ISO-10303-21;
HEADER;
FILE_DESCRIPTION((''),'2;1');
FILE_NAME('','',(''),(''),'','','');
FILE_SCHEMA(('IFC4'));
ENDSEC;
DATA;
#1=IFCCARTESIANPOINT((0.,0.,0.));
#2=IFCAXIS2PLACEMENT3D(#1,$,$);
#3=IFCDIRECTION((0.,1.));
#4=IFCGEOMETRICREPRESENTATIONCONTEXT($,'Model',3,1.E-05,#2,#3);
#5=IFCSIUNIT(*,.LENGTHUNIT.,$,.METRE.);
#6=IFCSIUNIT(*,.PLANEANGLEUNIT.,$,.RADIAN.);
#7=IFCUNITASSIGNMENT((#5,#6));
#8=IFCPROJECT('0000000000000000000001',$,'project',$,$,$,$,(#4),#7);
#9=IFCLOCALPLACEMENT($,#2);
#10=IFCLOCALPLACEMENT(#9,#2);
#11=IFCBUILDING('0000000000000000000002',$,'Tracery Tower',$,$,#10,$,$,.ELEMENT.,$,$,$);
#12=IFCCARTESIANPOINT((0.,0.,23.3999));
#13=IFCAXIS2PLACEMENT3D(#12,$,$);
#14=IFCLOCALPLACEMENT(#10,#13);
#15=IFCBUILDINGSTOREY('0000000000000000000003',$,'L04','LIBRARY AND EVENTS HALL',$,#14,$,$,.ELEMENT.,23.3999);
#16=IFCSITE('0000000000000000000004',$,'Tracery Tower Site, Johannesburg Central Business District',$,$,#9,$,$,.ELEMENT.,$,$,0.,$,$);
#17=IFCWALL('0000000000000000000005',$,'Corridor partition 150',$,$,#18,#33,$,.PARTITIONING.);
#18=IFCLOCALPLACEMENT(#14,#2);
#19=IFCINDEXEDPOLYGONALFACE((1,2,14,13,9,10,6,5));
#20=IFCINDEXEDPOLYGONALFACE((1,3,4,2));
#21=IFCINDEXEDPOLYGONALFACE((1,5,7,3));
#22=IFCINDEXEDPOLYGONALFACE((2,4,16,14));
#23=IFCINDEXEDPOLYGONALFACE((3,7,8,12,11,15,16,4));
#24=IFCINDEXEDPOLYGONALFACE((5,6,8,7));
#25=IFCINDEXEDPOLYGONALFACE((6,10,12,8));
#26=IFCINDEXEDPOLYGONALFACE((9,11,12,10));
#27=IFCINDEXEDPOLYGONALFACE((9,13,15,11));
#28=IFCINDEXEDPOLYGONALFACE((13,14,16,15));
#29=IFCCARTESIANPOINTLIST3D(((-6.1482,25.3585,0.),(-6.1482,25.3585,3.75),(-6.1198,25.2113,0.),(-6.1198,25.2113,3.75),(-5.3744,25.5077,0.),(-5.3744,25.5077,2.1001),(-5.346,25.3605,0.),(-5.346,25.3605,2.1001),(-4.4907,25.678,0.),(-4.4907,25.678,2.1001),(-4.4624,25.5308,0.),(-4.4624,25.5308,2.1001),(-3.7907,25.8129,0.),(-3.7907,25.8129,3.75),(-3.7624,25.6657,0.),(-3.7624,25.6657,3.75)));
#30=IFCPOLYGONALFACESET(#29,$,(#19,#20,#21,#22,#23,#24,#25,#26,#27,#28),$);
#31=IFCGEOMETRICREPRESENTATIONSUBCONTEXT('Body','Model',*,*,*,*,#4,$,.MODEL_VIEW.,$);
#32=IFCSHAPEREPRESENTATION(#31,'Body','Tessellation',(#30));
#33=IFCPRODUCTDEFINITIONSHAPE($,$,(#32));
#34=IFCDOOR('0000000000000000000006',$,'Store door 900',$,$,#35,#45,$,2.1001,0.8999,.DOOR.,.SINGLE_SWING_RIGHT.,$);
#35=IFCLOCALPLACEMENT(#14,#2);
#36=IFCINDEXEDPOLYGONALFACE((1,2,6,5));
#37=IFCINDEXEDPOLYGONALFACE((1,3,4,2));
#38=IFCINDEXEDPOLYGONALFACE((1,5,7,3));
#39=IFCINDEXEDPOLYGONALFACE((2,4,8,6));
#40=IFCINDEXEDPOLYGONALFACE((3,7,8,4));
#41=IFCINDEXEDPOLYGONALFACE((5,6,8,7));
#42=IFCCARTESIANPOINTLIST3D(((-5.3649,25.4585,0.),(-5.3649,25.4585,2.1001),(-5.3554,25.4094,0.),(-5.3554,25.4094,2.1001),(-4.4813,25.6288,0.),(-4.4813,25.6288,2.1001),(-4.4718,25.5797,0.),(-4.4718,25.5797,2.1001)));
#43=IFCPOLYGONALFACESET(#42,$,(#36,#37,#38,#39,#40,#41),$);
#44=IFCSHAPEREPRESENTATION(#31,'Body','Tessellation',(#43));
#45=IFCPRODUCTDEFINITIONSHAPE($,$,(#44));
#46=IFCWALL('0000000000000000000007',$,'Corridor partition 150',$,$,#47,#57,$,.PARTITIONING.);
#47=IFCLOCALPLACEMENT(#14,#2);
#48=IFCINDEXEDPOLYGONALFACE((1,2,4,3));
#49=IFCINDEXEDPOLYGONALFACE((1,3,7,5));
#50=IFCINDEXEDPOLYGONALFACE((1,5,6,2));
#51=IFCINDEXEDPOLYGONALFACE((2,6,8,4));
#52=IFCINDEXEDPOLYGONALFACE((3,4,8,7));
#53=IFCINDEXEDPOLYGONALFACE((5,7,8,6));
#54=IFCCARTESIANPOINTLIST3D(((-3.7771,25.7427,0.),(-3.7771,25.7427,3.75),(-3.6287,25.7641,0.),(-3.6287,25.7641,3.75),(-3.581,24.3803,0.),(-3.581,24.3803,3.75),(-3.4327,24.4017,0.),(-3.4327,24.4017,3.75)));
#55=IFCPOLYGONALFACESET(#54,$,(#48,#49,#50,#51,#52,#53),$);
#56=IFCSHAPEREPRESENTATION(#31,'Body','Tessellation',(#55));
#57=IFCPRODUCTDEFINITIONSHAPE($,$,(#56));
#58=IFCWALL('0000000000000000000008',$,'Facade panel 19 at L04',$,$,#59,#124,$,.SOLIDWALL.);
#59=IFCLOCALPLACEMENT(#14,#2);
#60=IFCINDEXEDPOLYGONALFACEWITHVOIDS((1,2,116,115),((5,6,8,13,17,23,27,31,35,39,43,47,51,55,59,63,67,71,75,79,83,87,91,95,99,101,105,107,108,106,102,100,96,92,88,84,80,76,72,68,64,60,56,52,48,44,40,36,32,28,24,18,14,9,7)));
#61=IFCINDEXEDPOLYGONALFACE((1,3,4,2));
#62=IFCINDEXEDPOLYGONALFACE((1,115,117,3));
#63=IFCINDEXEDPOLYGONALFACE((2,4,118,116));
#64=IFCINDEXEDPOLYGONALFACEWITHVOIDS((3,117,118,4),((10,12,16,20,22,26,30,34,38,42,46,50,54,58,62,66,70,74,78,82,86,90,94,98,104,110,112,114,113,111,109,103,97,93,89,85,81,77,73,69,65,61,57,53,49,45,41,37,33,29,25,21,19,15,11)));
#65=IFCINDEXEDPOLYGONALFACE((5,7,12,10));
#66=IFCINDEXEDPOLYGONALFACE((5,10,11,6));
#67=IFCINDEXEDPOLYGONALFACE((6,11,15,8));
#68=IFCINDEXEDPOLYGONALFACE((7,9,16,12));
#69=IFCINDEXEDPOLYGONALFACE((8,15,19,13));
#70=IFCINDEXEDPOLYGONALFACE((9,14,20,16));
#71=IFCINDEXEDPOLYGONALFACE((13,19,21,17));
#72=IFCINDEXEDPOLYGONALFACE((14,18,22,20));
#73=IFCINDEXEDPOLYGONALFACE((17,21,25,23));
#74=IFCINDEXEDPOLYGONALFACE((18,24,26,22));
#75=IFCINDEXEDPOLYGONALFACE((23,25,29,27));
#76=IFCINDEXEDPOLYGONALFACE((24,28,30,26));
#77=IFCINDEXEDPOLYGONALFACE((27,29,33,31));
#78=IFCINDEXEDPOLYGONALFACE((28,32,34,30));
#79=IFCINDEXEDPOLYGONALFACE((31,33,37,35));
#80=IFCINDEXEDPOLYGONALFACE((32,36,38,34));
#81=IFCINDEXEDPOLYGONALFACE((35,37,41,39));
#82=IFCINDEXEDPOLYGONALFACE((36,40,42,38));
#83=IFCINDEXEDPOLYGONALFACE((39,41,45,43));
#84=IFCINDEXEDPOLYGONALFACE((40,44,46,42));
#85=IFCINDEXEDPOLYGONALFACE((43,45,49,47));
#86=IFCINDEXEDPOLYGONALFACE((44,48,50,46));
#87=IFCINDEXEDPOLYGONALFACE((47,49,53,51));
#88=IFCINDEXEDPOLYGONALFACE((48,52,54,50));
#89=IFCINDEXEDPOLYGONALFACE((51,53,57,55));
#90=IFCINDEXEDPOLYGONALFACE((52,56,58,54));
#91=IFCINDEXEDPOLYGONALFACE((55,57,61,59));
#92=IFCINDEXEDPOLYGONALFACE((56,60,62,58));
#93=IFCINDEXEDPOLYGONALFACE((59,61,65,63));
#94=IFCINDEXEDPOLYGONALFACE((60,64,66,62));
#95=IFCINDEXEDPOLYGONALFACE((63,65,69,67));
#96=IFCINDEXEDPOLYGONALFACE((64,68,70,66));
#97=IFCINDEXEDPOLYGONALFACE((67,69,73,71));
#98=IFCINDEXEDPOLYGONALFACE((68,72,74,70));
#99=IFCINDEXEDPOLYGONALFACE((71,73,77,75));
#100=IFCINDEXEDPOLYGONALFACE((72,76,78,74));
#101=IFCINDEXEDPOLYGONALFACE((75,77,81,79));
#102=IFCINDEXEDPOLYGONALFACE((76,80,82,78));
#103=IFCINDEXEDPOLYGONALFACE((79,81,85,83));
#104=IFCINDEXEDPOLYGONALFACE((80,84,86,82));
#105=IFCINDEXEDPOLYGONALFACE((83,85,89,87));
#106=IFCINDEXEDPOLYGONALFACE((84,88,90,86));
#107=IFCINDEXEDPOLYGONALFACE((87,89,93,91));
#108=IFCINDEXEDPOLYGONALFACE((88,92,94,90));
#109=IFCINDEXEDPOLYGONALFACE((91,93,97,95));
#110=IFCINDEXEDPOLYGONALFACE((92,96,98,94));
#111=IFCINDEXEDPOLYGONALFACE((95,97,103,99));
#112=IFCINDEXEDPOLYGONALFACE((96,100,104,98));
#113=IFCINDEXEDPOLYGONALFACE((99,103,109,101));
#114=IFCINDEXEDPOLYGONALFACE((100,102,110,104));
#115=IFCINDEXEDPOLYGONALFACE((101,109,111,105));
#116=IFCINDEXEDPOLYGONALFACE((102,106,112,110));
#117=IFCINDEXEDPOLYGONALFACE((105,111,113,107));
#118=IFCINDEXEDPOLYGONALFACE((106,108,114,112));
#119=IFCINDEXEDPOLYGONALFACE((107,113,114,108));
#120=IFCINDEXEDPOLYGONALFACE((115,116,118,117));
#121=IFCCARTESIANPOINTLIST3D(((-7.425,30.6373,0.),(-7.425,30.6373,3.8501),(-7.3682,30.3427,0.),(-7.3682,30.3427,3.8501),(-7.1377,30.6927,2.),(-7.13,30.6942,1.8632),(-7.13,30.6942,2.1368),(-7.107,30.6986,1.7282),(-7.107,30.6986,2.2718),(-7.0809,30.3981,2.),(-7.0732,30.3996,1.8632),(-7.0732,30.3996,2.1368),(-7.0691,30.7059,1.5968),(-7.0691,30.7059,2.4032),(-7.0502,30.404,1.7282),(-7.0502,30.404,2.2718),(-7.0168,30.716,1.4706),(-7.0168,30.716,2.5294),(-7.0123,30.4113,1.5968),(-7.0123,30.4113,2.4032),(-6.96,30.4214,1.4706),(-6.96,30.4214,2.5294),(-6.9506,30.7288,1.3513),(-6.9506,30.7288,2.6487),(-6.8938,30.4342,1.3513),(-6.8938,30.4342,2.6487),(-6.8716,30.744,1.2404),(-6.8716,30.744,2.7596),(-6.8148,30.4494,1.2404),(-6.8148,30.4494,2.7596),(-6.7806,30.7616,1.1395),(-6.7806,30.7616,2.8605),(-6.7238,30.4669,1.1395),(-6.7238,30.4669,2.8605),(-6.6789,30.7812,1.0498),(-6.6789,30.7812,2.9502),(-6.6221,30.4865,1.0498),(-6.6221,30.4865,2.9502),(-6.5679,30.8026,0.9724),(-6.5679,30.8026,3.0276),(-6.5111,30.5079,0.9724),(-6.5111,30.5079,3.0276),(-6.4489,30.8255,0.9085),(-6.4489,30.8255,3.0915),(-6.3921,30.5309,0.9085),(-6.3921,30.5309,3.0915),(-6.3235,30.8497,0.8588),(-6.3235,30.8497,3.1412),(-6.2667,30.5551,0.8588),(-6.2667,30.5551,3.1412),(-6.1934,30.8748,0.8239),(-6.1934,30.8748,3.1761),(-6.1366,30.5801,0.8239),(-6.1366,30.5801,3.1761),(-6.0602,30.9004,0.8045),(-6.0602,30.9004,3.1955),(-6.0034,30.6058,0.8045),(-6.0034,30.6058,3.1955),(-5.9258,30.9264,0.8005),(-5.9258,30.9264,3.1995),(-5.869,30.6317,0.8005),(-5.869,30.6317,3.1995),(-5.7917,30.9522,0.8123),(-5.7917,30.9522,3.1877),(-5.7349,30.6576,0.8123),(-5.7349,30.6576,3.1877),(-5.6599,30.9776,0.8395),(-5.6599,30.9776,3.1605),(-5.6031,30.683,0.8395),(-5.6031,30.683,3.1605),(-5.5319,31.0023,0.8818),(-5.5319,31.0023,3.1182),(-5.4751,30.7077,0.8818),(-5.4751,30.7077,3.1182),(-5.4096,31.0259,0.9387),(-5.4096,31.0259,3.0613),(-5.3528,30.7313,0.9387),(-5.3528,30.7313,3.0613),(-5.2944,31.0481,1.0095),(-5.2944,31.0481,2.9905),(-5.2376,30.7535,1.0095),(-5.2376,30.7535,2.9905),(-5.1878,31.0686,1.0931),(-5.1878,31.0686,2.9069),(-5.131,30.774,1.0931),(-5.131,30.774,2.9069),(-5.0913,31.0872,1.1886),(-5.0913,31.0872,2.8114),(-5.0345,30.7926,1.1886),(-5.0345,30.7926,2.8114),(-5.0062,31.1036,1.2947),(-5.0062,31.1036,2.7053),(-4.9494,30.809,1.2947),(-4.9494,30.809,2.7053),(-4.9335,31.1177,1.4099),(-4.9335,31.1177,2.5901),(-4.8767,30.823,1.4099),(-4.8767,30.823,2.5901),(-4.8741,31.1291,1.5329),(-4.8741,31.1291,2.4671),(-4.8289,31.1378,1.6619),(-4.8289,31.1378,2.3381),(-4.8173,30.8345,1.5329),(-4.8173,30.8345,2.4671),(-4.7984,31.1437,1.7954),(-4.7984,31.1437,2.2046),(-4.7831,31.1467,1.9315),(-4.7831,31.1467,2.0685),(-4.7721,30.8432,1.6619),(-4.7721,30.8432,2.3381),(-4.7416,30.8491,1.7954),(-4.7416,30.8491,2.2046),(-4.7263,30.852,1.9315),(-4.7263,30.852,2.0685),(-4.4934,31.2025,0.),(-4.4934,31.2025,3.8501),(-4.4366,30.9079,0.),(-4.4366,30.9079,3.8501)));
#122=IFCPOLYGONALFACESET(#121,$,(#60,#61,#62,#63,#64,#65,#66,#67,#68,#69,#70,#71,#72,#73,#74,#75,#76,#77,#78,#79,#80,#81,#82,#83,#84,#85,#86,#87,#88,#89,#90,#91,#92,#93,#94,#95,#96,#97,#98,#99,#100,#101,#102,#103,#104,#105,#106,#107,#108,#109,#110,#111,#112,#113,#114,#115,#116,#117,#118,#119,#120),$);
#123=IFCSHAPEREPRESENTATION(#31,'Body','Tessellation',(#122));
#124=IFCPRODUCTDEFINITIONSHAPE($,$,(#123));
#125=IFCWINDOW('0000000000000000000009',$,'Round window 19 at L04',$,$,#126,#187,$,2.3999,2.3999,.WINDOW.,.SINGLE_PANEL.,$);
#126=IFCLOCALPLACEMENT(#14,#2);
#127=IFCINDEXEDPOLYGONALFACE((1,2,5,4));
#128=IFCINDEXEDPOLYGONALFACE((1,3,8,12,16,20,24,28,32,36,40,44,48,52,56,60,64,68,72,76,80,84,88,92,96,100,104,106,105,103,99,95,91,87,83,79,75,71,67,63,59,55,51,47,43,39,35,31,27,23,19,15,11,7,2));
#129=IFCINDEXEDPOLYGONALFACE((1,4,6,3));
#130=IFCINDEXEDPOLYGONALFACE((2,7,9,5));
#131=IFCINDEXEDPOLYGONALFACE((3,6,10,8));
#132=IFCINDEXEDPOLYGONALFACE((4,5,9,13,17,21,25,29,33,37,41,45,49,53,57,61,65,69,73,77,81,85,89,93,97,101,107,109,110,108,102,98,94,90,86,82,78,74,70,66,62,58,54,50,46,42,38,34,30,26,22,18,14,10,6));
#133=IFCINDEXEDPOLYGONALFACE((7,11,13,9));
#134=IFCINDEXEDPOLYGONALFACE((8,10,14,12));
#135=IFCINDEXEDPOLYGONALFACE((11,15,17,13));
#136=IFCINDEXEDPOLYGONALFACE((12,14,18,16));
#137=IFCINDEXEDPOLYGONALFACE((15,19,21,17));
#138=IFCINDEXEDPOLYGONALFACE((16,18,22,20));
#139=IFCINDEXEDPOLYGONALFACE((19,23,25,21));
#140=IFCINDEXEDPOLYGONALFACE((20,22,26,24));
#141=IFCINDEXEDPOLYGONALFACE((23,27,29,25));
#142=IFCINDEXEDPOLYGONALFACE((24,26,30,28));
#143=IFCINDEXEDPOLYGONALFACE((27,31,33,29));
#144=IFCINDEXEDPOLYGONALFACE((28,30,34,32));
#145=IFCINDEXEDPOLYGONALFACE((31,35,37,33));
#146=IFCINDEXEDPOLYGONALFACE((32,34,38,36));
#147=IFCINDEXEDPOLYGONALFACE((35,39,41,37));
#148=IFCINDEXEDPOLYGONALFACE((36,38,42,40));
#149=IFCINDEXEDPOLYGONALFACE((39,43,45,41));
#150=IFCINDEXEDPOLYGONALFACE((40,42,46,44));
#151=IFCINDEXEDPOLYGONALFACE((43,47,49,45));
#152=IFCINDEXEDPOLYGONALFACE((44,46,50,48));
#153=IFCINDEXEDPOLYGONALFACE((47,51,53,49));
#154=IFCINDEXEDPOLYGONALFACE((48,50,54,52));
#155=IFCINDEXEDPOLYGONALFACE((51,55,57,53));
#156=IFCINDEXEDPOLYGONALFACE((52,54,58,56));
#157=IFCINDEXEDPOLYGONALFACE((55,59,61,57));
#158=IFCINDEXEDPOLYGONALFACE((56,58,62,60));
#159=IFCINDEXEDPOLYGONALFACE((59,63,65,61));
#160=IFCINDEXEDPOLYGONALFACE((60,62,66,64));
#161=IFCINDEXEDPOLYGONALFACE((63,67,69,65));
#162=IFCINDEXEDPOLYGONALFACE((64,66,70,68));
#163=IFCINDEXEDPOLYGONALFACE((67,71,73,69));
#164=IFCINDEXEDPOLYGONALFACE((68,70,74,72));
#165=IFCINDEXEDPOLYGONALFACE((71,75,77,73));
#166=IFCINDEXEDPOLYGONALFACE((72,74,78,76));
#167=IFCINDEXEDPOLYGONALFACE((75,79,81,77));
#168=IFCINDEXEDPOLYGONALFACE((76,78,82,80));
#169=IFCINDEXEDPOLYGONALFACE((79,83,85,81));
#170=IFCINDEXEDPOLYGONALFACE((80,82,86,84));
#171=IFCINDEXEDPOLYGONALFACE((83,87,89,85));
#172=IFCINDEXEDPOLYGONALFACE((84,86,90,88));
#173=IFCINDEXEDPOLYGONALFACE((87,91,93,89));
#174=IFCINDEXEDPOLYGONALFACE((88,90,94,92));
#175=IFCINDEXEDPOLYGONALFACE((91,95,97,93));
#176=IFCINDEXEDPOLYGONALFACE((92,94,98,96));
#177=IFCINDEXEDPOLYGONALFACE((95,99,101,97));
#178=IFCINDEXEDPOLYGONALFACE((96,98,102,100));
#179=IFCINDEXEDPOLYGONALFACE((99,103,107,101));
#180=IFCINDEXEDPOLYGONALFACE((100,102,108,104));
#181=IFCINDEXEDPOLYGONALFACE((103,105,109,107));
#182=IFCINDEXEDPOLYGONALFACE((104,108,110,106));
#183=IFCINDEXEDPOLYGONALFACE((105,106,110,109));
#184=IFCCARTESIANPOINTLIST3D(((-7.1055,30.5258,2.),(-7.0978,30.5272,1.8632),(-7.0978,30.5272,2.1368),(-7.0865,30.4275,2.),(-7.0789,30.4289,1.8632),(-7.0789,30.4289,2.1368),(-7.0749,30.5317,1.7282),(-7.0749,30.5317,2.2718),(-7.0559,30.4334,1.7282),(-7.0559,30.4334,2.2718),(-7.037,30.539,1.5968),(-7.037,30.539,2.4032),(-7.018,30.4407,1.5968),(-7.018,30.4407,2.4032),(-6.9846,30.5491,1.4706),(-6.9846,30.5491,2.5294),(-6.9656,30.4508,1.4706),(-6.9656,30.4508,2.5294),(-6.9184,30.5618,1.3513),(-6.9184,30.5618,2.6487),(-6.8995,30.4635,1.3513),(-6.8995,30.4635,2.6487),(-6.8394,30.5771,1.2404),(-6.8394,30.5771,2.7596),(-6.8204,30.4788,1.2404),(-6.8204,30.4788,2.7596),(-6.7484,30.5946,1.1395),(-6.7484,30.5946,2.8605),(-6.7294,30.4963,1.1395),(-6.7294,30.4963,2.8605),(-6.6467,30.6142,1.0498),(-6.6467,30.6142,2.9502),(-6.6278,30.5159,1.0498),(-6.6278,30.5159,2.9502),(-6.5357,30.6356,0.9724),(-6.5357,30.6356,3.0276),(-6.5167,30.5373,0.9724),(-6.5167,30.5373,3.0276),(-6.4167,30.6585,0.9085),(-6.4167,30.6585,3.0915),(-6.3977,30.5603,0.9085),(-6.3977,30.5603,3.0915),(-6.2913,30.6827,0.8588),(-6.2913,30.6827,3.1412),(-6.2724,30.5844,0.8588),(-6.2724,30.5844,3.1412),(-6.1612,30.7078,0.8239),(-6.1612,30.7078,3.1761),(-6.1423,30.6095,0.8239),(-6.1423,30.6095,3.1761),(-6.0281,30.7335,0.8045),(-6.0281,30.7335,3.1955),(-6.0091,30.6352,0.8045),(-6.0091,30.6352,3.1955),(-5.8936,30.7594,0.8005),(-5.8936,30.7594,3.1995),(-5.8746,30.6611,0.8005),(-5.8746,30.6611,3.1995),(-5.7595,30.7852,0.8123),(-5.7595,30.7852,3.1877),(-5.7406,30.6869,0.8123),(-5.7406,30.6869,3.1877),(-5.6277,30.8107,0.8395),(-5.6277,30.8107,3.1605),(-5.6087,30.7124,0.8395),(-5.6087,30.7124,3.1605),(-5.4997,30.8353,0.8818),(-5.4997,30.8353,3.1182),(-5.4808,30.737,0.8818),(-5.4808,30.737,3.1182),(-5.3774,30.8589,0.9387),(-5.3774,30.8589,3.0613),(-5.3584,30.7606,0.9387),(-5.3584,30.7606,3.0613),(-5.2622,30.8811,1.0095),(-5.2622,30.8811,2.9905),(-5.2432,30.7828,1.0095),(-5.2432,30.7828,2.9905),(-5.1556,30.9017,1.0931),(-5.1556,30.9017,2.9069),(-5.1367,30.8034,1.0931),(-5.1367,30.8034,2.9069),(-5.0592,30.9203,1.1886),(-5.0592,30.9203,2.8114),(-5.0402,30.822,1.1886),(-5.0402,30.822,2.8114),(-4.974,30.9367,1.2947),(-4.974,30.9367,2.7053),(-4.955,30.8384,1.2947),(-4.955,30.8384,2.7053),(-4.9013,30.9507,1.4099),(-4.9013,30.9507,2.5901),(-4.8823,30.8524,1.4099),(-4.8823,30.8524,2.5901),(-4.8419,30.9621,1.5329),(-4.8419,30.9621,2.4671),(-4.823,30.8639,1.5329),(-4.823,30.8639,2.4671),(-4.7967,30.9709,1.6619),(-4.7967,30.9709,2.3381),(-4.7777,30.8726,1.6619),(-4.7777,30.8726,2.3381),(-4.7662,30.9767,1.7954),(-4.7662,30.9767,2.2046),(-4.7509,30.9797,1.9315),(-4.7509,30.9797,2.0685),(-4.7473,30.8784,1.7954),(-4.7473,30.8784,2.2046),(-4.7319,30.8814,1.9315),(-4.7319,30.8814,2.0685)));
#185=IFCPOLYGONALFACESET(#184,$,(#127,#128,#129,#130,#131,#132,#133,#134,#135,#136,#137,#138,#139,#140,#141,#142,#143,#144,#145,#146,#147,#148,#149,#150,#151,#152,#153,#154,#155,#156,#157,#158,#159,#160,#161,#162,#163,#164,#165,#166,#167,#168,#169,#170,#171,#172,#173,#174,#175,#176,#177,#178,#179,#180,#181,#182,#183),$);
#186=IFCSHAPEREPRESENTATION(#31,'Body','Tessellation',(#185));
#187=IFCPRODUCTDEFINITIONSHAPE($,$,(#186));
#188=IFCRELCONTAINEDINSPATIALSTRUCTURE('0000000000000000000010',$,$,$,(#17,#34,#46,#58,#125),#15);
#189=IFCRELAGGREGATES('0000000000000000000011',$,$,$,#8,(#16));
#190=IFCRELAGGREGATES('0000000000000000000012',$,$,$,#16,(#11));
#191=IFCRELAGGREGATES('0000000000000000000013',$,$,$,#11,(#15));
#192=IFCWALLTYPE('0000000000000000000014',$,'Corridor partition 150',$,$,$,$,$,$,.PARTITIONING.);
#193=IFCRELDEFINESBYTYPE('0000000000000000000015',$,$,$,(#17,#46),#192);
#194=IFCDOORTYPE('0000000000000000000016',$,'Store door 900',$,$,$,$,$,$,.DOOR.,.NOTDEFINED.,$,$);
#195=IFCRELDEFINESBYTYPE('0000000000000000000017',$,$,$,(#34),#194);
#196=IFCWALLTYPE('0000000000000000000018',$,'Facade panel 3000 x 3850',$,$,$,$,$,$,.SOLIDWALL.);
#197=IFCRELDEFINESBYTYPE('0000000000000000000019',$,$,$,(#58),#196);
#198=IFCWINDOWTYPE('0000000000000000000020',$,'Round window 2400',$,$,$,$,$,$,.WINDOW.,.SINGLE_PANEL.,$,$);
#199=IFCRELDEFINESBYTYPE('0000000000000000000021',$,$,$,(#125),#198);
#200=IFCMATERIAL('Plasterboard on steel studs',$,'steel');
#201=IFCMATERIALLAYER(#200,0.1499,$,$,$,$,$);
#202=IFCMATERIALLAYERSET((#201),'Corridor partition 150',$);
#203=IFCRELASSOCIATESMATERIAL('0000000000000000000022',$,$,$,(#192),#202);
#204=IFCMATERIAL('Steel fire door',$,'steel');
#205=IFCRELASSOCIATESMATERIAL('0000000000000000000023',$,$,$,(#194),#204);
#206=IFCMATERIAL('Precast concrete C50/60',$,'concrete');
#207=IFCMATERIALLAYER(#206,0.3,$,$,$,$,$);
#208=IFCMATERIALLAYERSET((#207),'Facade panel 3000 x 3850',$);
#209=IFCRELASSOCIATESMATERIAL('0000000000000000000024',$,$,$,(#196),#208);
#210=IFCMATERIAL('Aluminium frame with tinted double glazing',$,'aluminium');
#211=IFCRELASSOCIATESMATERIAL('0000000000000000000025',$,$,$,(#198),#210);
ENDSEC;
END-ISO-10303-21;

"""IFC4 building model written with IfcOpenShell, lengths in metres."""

from ifc_helpers import new_model, si_unit, direction, frame, frame_2d, origin, origin_2d, place, context, subcontext, project, spatial, rectangle, circle, extrude, material, layer, layer_set, type_object, element, fill, save


model = new_model("IFC4")

# Units and contexts
model_context = context("Model", 3, precision=1e-05, world=origin(), true_north=direction((0.0, 1.0)))
body_context = subcontext(model_context, "Body", "Model", "MODEL_VIEW")
ifc_project = project(units=[si_unit("LENGTHUNIT", "METRE"), si_unit("PLANEANGLEUNIT", "RADIAN")], contexts=[model_context])

# Site, building, storey
site_placement = place(None, origin())
site = spatial("IfcSite", under=ifc_project, at=site_placement, Name="Tracery Tower Site, Johannesburg Central Business District", CompositionType="ELEMENT", RefElevation=0.0)
building_placement = place(site_placement, origin())
building = spatial("IfcBuilding", under=site, at=building_placement, Name="Tracery Tower", CompositionType="ELEMENT")
storey_placement = place(building_placement, frame((0.0, 0.0, 23.3999)))
storey = spatial("IfcBuildingStorey", under=building, at=storey_placement, Name="L04", Description="LIBRARY AND EVENTS HALL", CompositionType="ELEMENT", Elevation=23.3999)

# Shared definitions
ifc_material_1 = material(Name="Plasterboard on steel studs", Category="steel")
ifc_layer_1 = layer(ifc_material_1, 0.1499)
ifc_layer_set_1 = layer_set([ifc_layer_1], Name="Corridor partition 150")
wall_type_1 = type_object("IfcWallType", Name="Corridor partition 150", PredefinedType="PARTITIONING", material=ifc_layer_set_1)

# Wall, opening, door
wall_1_placement = place(storey_placement, frame((-6.134, 25.2849, 0.0), z_axis=(0.0, 0.0, 1.0), x_axis=(0.981929, 0.189247, 0.0)))
wall_1 = element("IfcWall", 1, at=wall_1_placement, inside=storey, type_object=wall_type_1, Name="Corridor partition 150", PredefinedType="PARTITIONING", context=body_context, shape_type="SweptSolid", body=[
    extrude(rectangle(XDim=2.4009, YDim=0.1499, at=frame_2d((1.2004, 0.0))), origin(), (0.0, 0.0, 1.0), 3.75),
])
opening_1_placement = place(wall_1_placement, frame((0.7881, 0.0, 0.0)))
opening_1 = element("IfcOpeningElement", 2, at=opening_1_placement, cuts=wall_1, PredefinedType="OPENING", context=body_context, shape_type="SweptSolid", body=[
    extrude(rectangle(XDim=0.8999, YDim=2.1001, at=frame_2d((0.45, 1.05))), frame((0.0, 0.075, 0.0), z_axis=(0.0, -1.0, 0.0), x_axis=(1.0, 0.0, 0.0)), (0.0, 0.0, 1.0), 0.1499),
])
ifc_material_2 = material(Name="Steel fire door", Category="steel")
door_type_1 = type_object("IfcDoorType", Name="Store door 900", OperationType="NOTDEFINED", PredefinedType="DOOR", material=ifc_material_2)
door_1_placement = place(opening_1_placement, origin())
door_1 = element("IfcDoor", 3, at=door_1_placement, inside=storey, type_object=door_type_1, Name="Store door 900", OperationType="SINGLE_SWING_RIGHT", OverallHeight=2.1001, OverallWidth=0.8999, PredefinedType="DOOR", context=body_context, shape_type="SweptSolid", body=[
    extrude(rectangle(XDim=0.8999, YDim=2.1001, at=frame_2d((0.45, 1.05))), frame((0.0, 0.0249, 0.0), z_axis=(0.0, -1.0, 0.0), x_axis=(1.0, 0.0, 0.0)), (0.0, 0.0, 1.0), 0.05),
])
fill(opening_1, door_1)

# Wall
wall_2_placement = place(storey_placement, frame((-3.7029, 25.7534, 0.0), z_axis=(0.0, 0.0, 1.0), x_axis=(0.142414, -0.989807, 0.0)))
element("IfcWall", 4, at=wall_2_placement, inside=storey, type_object=wall_type_1, Name="Corridor partition 150", PredefinedType="PARTITIONING", context=body_context, shape_type="SweptSolid", body=[
    extrude(rectangle(XDim=1.3765, YDim=0.1499, at=frame_2d((0.6882, 0.0))), origin(), (0.0, 0.0, 1.0), 3.75),
])

# Wall, opening, window
ifc_material_3 = material(Name="Precast concrete C50/60", Category="concrete")
ifc_layer_2 = layer(ifc_material_3, 0.3)
ifc_layer_set_2 = layer_set([ifc_layer_2], Name="Facade panel 3000 x 3850")
wall_type_2 = type_object("IfcWallType", Name="Facade panel 3000 x 3850", PredefinedType="SOLIDWALL", material=ifc_layer_set_2)
wall_3_placement = place(storey_placement, frame((-4.4651, 31.0552, 0.0), z_axis=(0.0, 0.0, 1.0), x_axis=(-0.981919, -0.189302, 0.0)))
wall_3 = element("IfcWall", 5, at=wall_3_placement, inside=storey, type_object=wall_type_2, Name="Facade panel 19 at L04", PredefinedType="SOLIDWALL", context=body_context, shape_type="SweptSolid", body=[
    extrude(rectangle(XDim=2.9856, YDim=0.3, at=frame_2d((1.4927, 0.0))), origin(), (0.0, 0.0, 1.0), 3.8501),
])
opening_2_placement = place(wall_3_placement, frame((1.4929, 0.0, 2.0)))
opening_2 = element("IfcOpeningElement", 6, at=opening_2_placement, cuts=wall_3, PredefinedType="OPENING", context=body_context, shape_type="SweptSolid", body=[
    extrude(circle(Radius=1.2, at=origin_2d()), frame((0.0, 0.1599, 0.0), z_axis=(0.0, -1.0, 0.0), x_axis=(1.0, 0.0, 0.0)), (0.0, 0.0, 1.0), 0.3201),
])
ifc_material_4 = material(Name="Aluminium frame with tinted double glazing", Category="aluminium")
window_type = type_object("IfcWindowType", Name="Round window 2400", PartitioningType="SINGLE_PANEL", PredefinedType="WINDOW", material=ifc_material_4)
window_1_placement = place(opening_2_placement, origin())
window_1 = element("IfcWindow", 7, at=window_1_placement, inside=storey, type_object=window_type, Name="Round window 19 at L04", OverallHeight=2.3999, OverallWidth=2.3999, PartitioningType="SINGLE_PANEL", PredefinedType="WINDOW", context=body_context, shape_type="SweptSolid", body=[
    extrude(circle(Radius=1.2, at=origin_2d()), frame((0.0, 0.1201, 0.0), z_axis=(0.0, -1.0, 0.0), x_axis=(1.0, 0.0, 0.0)), (0.0, 0.0, 1.0), 0.1001),
])
fill(opening_2, window_1)

save(model, "model.ifc")
